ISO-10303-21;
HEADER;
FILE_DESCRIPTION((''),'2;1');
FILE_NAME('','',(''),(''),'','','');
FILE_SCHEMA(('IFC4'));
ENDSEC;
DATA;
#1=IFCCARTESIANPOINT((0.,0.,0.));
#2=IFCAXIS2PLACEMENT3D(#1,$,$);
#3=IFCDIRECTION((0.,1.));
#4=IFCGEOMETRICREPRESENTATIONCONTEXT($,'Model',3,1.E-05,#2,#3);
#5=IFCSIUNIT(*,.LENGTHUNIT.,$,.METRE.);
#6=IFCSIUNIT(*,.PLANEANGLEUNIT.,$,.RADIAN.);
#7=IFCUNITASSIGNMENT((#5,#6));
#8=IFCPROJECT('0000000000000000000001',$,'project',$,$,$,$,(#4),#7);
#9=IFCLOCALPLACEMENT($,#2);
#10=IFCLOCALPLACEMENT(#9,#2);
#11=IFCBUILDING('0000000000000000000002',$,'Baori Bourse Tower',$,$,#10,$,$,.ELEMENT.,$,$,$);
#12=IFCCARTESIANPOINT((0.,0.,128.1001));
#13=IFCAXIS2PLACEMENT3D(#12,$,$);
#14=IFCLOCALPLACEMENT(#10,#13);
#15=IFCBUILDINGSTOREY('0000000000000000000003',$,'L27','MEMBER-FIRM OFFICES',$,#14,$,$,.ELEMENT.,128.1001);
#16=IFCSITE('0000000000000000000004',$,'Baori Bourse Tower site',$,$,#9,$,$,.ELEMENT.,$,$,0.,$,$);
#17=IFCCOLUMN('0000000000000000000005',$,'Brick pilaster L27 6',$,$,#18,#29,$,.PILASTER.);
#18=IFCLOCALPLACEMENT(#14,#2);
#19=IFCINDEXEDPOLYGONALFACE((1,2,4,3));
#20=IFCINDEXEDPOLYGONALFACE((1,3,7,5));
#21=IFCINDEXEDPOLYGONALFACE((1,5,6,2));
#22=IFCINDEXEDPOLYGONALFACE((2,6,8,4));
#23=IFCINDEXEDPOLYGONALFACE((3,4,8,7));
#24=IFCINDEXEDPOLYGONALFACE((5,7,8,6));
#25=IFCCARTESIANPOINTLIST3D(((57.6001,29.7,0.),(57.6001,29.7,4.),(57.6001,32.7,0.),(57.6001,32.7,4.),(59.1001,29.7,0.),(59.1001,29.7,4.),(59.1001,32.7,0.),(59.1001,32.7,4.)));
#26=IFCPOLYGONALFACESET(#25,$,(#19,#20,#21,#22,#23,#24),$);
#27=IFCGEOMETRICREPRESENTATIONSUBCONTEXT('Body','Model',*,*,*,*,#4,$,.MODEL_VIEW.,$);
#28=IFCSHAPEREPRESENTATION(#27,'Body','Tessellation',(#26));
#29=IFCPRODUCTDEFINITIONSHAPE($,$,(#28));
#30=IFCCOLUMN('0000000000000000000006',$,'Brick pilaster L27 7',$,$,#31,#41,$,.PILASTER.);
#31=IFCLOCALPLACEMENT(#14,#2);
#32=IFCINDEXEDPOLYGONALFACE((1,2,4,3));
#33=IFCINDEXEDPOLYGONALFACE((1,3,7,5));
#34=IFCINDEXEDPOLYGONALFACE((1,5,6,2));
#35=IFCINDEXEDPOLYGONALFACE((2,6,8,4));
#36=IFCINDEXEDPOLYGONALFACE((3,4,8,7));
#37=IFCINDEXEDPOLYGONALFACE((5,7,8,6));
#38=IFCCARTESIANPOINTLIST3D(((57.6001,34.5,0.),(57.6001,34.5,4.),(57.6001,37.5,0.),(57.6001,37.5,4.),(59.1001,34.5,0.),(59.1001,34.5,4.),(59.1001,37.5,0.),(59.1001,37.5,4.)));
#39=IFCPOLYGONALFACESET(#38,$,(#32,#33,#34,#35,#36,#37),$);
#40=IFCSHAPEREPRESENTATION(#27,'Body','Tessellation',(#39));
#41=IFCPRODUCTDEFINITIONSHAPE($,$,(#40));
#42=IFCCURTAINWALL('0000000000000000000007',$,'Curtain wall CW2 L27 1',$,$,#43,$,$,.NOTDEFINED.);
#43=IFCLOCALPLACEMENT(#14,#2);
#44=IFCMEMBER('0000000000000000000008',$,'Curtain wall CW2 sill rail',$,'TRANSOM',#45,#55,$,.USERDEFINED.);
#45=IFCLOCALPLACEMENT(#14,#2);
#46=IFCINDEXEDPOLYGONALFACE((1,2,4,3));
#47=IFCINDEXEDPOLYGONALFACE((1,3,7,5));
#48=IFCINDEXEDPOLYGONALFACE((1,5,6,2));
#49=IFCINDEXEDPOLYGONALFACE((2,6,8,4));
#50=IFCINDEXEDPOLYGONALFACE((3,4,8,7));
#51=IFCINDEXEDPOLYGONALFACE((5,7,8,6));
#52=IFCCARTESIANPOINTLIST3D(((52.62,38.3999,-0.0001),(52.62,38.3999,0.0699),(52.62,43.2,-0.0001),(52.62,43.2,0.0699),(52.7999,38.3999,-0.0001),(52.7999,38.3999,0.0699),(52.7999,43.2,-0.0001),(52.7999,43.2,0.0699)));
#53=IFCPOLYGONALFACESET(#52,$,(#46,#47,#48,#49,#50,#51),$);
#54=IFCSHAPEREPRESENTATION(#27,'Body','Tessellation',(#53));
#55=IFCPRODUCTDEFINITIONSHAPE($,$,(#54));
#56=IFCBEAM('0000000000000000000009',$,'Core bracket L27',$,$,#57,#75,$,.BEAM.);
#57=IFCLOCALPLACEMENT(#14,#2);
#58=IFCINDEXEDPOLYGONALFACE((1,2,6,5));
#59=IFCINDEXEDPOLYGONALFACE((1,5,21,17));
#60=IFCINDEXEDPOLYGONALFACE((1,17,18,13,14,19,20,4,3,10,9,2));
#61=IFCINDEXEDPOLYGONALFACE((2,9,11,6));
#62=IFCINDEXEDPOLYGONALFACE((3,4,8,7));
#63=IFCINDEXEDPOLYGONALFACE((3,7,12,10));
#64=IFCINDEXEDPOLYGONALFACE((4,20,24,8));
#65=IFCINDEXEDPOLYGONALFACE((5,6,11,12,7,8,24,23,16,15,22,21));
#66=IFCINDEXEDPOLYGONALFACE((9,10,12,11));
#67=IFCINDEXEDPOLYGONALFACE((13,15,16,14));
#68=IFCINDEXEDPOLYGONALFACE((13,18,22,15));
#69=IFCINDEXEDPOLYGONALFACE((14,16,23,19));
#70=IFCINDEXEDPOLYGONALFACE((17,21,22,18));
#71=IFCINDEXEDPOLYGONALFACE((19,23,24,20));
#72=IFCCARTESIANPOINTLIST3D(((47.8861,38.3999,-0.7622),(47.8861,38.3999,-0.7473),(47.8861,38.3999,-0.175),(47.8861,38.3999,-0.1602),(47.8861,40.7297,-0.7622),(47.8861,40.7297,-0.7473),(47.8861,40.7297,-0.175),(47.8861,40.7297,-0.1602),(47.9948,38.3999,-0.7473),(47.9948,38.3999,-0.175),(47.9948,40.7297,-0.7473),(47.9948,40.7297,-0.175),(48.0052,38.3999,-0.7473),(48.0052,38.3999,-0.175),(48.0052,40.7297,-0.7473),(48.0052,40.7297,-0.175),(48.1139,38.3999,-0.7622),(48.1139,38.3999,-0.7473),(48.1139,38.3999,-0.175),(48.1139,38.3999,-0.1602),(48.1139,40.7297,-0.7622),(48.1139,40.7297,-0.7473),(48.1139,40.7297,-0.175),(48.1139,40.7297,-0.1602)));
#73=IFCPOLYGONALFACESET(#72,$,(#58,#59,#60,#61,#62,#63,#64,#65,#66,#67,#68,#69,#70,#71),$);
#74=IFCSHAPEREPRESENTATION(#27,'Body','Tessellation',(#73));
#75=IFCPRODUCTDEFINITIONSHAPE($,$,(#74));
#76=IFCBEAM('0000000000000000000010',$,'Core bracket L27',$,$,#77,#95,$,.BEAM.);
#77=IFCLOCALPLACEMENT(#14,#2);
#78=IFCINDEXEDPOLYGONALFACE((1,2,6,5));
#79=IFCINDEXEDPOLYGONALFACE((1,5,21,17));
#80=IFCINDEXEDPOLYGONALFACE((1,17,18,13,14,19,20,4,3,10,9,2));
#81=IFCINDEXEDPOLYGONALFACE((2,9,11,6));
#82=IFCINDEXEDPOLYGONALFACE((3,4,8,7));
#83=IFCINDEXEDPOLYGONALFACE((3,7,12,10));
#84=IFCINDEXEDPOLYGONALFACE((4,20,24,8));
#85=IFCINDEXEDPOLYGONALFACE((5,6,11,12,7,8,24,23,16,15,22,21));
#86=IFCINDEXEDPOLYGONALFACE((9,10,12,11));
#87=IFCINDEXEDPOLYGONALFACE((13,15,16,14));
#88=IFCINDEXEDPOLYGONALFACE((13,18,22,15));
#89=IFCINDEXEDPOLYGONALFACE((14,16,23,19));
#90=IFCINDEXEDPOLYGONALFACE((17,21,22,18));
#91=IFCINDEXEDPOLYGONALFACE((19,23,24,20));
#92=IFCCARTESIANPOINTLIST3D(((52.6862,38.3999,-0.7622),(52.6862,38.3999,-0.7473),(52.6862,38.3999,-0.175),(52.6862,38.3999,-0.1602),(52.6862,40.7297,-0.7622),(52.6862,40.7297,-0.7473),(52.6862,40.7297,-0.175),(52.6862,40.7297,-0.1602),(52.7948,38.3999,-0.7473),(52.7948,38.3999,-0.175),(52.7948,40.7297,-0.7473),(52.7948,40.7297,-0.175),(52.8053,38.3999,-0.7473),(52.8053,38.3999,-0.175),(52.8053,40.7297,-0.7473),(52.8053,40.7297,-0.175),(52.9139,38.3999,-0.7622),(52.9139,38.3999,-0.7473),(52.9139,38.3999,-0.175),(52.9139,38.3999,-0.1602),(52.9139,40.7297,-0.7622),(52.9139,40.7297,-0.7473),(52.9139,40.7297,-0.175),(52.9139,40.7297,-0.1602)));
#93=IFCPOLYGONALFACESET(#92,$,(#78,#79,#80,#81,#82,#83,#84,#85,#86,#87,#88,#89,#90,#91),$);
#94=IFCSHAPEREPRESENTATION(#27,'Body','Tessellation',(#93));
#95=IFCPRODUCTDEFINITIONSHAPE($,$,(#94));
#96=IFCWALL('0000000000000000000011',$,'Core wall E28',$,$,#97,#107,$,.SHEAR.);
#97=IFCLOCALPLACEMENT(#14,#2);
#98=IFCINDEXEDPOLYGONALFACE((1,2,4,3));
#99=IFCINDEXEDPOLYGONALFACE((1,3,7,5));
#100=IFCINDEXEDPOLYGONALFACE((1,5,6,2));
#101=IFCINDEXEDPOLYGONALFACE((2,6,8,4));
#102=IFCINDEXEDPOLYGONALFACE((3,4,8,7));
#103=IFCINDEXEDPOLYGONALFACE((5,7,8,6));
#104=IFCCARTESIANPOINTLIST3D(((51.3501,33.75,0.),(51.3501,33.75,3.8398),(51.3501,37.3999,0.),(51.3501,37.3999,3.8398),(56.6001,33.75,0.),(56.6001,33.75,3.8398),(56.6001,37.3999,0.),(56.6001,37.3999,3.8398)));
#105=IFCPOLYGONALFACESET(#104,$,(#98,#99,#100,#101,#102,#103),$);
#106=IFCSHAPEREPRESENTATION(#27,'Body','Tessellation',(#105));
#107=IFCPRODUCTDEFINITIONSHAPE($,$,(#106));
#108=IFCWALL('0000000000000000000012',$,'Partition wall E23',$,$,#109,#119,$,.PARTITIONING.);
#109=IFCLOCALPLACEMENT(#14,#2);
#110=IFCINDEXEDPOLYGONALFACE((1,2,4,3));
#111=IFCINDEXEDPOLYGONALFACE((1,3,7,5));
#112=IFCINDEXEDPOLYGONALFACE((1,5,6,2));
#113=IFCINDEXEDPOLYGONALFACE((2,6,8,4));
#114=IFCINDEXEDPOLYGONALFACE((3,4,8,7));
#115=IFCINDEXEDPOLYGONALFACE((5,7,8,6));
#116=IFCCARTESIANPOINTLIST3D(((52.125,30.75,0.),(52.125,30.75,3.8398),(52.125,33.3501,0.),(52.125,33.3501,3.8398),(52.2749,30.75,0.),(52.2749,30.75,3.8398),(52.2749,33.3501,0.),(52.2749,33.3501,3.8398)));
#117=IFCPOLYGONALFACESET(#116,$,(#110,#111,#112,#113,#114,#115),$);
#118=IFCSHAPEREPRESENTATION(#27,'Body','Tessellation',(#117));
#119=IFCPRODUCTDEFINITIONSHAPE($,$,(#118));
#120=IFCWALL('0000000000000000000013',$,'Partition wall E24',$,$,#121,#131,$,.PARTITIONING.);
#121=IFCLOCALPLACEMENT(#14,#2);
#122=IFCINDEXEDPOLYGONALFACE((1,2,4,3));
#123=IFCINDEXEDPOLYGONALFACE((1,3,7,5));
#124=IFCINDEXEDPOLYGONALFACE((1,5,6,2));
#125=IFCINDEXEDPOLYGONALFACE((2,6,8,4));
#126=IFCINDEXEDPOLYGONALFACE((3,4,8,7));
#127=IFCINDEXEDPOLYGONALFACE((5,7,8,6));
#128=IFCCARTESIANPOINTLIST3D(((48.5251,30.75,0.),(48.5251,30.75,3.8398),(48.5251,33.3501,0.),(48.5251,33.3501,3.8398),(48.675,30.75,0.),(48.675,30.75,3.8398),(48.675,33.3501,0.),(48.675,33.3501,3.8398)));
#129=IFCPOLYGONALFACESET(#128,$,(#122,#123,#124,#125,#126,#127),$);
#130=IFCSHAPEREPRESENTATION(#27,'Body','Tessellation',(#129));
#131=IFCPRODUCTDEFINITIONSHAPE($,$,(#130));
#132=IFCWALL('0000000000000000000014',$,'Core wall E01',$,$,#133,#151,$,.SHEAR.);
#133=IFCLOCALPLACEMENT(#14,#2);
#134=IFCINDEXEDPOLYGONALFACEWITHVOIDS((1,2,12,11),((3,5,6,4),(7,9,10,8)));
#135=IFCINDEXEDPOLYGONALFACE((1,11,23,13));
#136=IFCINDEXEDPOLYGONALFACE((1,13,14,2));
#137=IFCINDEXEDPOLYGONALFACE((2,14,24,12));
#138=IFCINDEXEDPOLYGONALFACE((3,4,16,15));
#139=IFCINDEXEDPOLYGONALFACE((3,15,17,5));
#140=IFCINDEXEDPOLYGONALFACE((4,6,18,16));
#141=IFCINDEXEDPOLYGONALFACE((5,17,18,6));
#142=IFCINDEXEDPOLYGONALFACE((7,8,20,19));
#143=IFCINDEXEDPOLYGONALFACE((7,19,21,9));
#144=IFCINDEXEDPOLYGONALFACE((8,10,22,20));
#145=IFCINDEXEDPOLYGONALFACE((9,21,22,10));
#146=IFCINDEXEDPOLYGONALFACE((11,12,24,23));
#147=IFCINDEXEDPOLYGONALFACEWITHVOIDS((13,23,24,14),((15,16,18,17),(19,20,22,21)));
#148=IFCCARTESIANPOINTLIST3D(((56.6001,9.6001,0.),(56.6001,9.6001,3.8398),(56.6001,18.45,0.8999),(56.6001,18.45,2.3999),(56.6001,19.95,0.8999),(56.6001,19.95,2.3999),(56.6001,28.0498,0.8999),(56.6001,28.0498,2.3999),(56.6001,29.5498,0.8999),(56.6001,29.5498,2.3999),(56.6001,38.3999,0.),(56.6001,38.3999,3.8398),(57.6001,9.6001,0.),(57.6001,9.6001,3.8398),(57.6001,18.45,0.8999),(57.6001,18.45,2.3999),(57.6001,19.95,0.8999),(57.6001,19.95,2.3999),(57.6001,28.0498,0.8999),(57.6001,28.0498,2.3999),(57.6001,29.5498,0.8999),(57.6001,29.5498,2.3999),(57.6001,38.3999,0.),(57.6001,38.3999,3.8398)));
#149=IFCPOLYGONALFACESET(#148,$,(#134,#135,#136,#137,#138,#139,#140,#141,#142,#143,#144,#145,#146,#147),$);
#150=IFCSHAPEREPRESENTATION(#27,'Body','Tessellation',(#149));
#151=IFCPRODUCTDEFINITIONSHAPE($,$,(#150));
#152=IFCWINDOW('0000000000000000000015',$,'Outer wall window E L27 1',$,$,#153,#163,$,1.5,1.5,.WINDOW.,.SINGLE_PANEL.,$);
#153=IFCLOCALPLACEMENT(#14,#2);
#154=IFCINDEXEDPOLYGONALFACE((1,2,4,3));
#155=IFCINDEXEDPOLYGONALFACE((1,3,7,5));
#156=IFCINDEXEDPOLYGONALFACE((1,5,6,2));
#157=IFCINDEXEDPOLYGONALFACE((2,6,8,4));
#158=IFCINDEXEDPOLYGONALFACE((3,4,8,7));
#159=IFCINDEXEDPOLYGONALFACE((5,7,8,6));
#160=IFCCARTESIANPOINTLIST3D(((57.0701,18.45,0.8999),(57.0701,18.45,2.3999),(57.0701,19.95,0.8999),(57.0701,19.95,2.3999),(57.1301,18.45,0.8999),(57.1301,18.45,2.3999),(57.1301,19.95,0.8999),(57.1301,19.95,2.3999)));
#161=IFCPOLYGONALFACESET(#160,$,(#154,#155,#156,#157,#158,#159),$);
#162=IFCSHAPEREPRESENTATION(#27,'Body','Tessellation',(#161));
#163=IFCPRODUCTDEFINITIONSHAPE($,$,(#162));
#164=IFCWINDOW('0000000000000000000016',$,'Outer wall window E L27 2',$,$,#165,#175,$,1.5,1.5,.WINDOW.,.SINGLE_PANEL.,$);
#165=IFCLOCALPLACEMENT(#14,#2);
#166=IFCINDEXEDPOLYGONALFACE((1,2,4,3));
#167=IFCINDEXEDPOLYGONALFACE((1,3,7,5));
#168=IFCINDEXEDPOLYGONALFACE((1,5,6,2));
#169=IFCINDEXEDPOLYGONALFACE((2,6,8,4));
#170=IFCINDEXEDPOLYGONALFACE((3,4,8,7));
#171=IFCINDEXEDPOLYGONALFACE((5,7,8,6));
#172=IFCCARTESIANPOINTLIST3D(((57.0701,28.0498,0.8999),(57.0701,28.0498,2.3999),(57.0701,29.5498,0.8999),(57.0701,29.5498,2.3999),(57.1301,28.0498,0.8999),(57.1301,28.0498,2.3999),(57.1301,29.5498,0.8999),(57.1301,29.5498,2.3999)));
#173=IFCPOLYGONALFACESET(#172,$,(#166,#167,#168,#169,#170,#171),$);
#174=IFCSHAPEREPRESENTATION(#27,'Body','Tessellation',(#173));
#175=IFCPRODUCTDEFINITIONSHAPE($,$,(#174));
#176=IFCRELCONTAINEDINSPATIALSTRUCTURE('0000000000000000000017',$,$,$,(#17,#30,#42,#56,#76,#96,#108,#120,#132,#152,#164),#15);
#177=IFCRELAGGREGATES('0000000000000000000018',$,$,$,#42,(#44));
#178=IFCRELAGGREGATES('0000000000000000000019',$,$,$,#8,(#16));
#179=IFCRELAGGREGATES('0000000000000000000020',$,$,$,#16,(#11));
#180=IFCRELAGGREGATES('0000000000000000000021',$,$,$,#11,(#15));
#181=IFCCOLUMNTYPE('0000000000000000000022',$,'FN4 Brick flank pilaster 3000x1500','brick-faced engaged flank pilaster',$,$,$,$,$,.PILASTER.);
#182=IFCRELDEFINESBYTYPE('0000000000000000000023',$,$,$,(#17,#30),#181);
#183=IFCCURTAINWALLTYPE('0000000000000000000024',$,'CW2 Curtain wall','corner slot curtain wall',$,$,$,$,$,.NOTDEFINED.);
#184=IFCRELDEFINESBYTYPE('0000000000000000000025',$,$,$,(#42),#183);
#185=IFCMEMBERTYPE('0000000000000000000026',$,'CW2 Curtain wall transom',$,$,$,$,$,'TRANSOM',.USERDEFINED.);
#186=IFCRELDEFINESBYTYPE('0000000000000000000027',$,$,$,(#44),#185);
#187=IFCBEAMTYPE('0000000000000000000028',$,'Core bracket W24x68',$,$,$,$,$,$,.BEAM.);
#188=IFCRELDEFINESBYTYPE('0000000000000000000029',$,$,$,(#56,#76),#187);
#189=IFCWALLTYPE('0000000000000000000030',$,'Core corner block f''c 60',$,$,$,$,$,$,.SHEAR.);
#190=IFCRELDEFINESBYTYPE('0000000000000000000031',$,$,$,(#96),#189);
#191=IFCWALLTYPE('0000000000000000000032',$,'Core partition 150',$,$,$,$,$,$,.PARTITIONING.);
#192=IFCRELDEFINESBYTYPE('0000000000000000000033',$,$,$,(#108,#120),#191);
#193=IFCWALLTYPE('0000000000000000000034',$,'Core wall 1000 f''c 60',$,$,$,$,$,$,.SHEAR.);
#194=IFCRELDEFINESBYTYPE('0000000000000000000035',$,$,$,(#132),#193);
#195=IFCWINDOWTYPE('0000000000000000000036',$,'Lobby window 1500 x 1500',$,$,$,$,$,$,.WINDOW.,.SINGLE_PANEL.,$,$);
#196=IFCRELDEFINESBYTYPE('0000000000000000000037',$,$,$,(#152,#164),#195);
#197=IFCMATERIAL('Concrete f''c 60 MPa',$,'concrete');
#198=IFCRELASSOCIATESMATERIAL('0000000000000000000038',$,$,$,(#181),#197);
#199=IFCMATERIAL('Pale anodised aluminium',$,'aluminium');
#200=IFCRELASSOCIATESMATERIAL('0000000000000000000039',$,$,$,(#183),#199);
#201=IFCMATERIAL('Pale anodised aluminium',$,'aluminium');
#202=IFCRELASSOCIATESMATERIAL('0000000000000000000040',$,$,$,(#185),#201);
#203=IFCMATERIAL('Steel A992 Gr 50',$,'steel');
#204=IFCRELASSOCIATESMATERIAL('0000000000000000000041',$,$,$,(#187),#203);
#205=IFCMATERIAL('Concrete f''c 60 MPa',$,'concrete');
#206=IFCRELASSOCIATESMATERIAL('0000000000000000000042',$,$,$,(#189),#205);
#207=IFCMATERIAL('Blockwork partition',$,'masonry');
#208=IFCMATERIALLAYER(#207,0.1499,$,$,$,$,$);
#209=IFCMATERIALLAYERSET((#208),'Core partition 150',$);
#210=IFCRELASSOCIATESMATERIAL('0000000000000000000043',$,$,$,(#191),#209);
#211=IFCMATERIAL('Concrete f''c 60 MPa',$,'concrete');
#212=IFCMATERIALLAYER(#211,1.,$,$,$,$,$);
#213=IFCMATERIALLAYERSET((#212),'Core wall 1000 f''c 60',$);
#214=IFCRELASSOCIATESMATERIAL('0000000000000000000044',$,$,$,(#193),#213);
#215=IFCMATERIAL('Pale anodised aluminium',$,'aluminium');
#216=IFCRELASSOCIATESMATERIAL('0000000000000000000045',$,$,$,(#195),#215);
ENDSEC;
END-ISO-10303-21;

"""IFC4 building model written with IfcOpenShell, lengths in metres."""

from ifc_helpers import new_model, si_unit, direction, frame, frame_2d, origin, origin_2d, place, context, subcontext, project, spatial, rectangle, i_section, extrude, material, layer, layer_set, material_profile, profile_set, type_object, element, fill, aggregate, save


model = new_model("IFC4")

# Units and contexts
model_context = context("Model", 3, precision=1e-05, world=origin(), true_north=direction((0.0, 1.0)))
body_context = subcontext(model_context, "Body", "Model", "MODEL_VIEW")
ifc_project = project(units=[si_unit("LENGTHUNIT", "METRE"), si_unit("PLANEANGLEUNIT", "RADIAN")], contexts=[model_context])

# Site, building, storey
site_placement = place(None, origin())
site = spatial("IfcSite", under=ifc_project, at=site_placement, Name="Baori Bourse Tower site", CompositionType="ELEMENT", RefElevation=0.0)
building_placement = place(site_placement, origin())
building = spatial("IfcBuilding", under=site, at=building_placement, Name="Baori Bourse Tower", CompositionType="ELEMENT")
storey_placement = place(building_placement, frame((0.0, 0.0, 128.1001)))
storey = spatial("IfcBuildingStorey", under=building, at=storey_placement, Name="L27", Description="MEMBER-FIRM OFFICES", CompositionType="ELEMENT", Elevation=128.1001)

# Columns
ifc_material_1 = material(Name="Concrete f'c 60 MPa", Category="concrete")
ifc_material_profile_1 = material_profile(ifc_material_1, rectangle(XDim=3.0, YDim=1.5, at=origin_2d()), Name="RC 3000x1500")
ifc_profile_set_1 = profile_set([ifc_material_profile_1], Name="Concrete f'c 60 MPa")
column_type = type_object("IfcColumnType", Name="FN4 Brick flank pilaster 3000x1500", Description="brick-faced engaged flank pilaster", PredefinedType="PILASTER", material=ifc_profile_set_1)
for number, where, z_axis, x_axis, name in (
    (1, (58.3501, 31.2, 0.0), (0.0, 0.0, 1.0), (0.0, 1.0, 0.0), "Brick pilaster L27 6"),
    (2, (58.3501, 36.0, 0.0), (0.0, 0.0, 1.0), (0.0, 1.0, 0.0), "Brick pilaster L27 7"),
):
    element("IfcColumn", number, at=place(storey_placement, frame(where, z_axis=z_axis, x_axis=x_axis)), inside=storey, type_object=column_type, Name=name, PredefinedType="PILASTER", context=body_context, shape_type="SweptSolid", body=[
        extrude(rectangle(XDim=3.0, YDim=1.5, at=origin_2d()), origin(), (0.0, 0.0, 1.0), 4.0),
    ])

# Curtain wall, member
ifc_material_2 = material(Name="Pale anodised aluminium", Category="aluminium")
curtain_wall_type = type_object("IfcCurtainWallType", Name="CW2 Curtain wall", Description="corner slot curtain wall", PredefinedType="NOTDEFINED", material=ifc_material_2)
curtain_wall_placement = place(storey_placement, origin())
curtain_wall = element("IfcCurtainWall", 3, at=curtain_wall_placement, inside=storey, type_object=curtain_wall_type, Name="Curtain wall CW2 L27 1", PredefinedType="NOTDEFINED")
ifc_material_3 = material(Name="Pale anodised aluminium", Category="aluminium")
ifc_material_profile_2 = material_profile(ifc_material_3, rectangle(XDim=0.1799, YDim=0.0701, at=origin_2d()), Name="Transom 70x180")
ifc_profile_set_2 = profile_set([ifc_material_profile_2], Name="Pale anodised aluminium")
member_type = type_object("IfcMemberType", Name="CW2 Curtain wall transom", ElementType="TRANSOM", PredefinedType="USERDEFINED", material=ifc_profile_set_2)
member_placement = place(storey_placement, frame((52.71, 38.3999, 0.0349), z_axis=(0.0, 1.0, 0.0), x_axis=(-1.0, 0.0, 0.0)))
member = element("IfcMember", 4, at=member_placement, type_object=member_type, Name="Curtain wall CW2 sill rail", ObjectType="TRANSOM", PredefinedType="USERDEFINED", context=body_context, shape_type="SweptSolid", body=[
    extrude(rectangle(XDim=0.1799, YDim=0.0701, at=origin_2d()), origin(), (0.0, 0.0, 1.0), 4.8),
])
aggregate(curtain_wall, [member])

# Beams
ifc_material_4 = material(Name="Steel A992 Gr 50", Category="steel")
ifc_material_profile_3 = material_profile(ifc_material_4, i_section(OverallWidth=0.2278, OverallDepth=0.6021, WebThickness=0.0105, FlangeThickness=0.0149, at=origin_2d()), Name="W24x68")
ifc_profile_set_3 = profile_set([ifc_material_profile_3], Name="Steel A992 Gr 50")
beam_type = type_object("IfcBeamType", Name="Core bracket W24x68", PredefinedType="BEAM", material=ifc_profile_set_3)
for number, where, z_axis, x_axis, name in (
    (5, (48.0, 38.3999, -0.4612), (0.0, 1.0, 0.0), (-1.0, 0.0, 0.0), "Core bracket L27"),
    (6, (52.8, 38.3999, -0.4612), (0.0, 1.0, 0.0), (-1.0, 0.0, 0.0), "Core bracket L27"),
):
    element("IfcBeam", number, at=place(storey_placement, frame(where, z_axis=z_axis, x_axis=x_axis)), inside=storey, type_object=beam_type, Name=name, PredefinedType="BEAM", context=body_context, shape_type="SweptSolid", body=[
        extrude(i_section(OverallWidth=0.2278, OverallDepth=0.6021, WebThickness=0.0105, FlangeThickness=0.0149, at=origin_2d()), origin(), (0.0, 0.0, 1.0), 2.3298),
    ])

# Walls
ifc_material_5 = material(Name="Concrete f'c 60 MPa", Category="concrete")
wall_type_1 = type_object("IfcWallType", Name="Core corner block f'c 60", PredefinedType="SHEAR", material=ifc_material_5)
wall_1_placement = place(storey_placement, frame((51.3501, 35.575, 0.0), z_axis=(0.0, 0.0, 1.0), x_axis=(1.0, 0.0, 0.0)))
element("IfcWall", 7, at=wall_1_placement, inside=storey, type_object=wall_type_1, Name="Core wall E28", PredefinedType="SHEAR", context=body_context, shape_type="SweptSolid", body=[
    extrude(rectangle(XDim=5.25, YDim=3.6499, at=frame_2d((2.625, 0.0))), origin(), (0.0, 0.0, 1.0), 3.8398),
])
ifc_material_6 = material(Name="Blockwork partition", Category="masonry")
ifc_layer_1 = layer(ifc_material_6, 0.1499)
ifc_layer_set_1 = layer_set([ifc_layer_1], Name="Core partition 150")
wall_type_2 = type_object("IfcWallType", Name="Core partition 150", PredefinedType="PARTITIONING", material=ifc_layer_set_1)
for number, where, z_axis, x_axis, name in (
    (8, (52.2, 30.75, 0.0), (0.0, 0.0, 1.0), (0.0, 1.0, 0.0), "Partition wall E23"),
    (9, (48.6001, 30.75, 0.0), (0.0, 0.0, 1.0), (0.0, 1.0, 0.0), "Partition wall E24"),
):
    element("IfcWall", number, at=place(storey_placement, frame(where, z_axis=z_axis, x_axis=x_axis)), inside=storey, type_object=wall_type_2, Name=name, PredefinedType="PARTITIONING", context=body_context, shape_type="SweptSolid", body=[
        extrude(rectangle(XDim=2.6001, YDim=0.1499, at=frame_2d((1.3, 0.0))), origin(), (0.0, 0.0, 1.0), 3.8398),
    ])

# Wall, openings, windows
ifc_material_7 = material(Name="Concrete f'c 60 MPa", Category="concrete")
ifc_layer_2 = layer(ifc_material_7, 1.0)
ifc_layer_set_2 = layer_set([ifc_layer_2], Name="Core wall 1000 f'c 60")
wall_type_3 = type_object("IfcWallType", Name="Core wall 1000 f'c 60", PredefinedType="SHEAR", material=ifc_layer_set_2)
wall_2_placement = place(storey_placement, frame((57.1001, 38.3999, 0.0), z_axis=(0.0, 0.0, 1.0), x_axis=(0.0, -1.0, 0.0)))
wall_2 = element("IfcWall", 10, at=wall_2_placement, inside=storey, type_object=wall_type_3, Name="Core wall E01", PredefinedType="SHEAR", context=body_context, shape_type="SweptSolid", body=[
    extrude(rectangle(XDim=28.7998, YDim=1.0, at=frame_2d((14.3999, 0.0))), origin(), (0.0, 0.0, 1.0), 3.8398),
])
opening_1_placement = place(wall_2_placement, frame((18.45, 0.0, 0.8999)))
opening_1 = element("IfcOpeningElement", 11, at=opening_1_placement, cuts=wall_2, PredefinedType="OPENING", context=body_context, shape_type="SweptSolid", body=[
    extrude(rectangle(XDim=1.5, YDim=1.5, at=frame_2d((0.75, 0.75))), frame((0.0, 0.51, 0.0), z_axis=(0.0, -1.0, 0.0), x_axis=(1.0, 0.0, 0.0)), (0.0, 0.0, 1.0), 1.02),
])
opening_2_placement = place(wall_2_placement, frame((8.8501, 0.0, 0.8999)))
opening_2 = element("IfcOpeningElement", 12, at=opening_2_placement, cuts=wall_2, PredefinedType="OPENING", context=body_context, shape_type="SweptSolid", body=[
    extrude(rectangle(XDim=1.5, YDim=1.5, at=frame_2d((0.75, 0.75))), frame((0.0, 0.51, 0.0), z_axis=(0.0, -1.0, 0.0), x_axis=(1.0, 0.0, 0.0)), (0.0, 0.0, 1.0), 1.02),
])
ifc_material_8 = material(Name="Pale anodised aluminium", Category="aluminium")
window_type = type_object("IfcWindowType", Name="Lobby window 1500 x 1500", PartitioningType="SINGLE_PANEL", PredefinedType="WINDOW", material=ifc_material_8)
window_1_placement = place(opening_1_placement, origin())
window_1 = element("IfcWindow", 13, at=window_1_placement, inside=storey, type_object=window_type, Name="Outer wall window E L27 1", OverallHeight=1.5, OverallWidth=1.5, PartitioningType="SINGLE_PANEL", PredefinedType="WINDOW", context=body_context, shape_type="SweptSolid", body=[
    extrude(rectangle(XDim=1.5, YDim=1.5, at=frame_2d((0.75, 0.75))), frame((0.0, 0.03, 0.0), z_axis=(0.0, -1.0, 0.0), x_axis=(1.0, 0.0, 0.0)), (0.0, 0.0, 1.0), 0.0601),
])
fill(opening_1, window_1)
window_2_placement = place(opening_2_placement, origin())
window_2 = element("IfcWindow", 14, at=window_2_placement, inside=storey, type_object=window_type, Name="Outer wall window E L27 2", OverallHeight=1.5, OverallWidth=1.5, PartitioningType="SINGLE_PANEL", PredefinedType="WINDOW", context=body_context, shape_type="SweptSolid", body=[
    extrude(rectangle(XDim=1.5, YDim=1.5, at=frame_2d((0.75, 0.75))), frame((0.0, 0.03, 0.0), z_axis=(0.0, -1.0, 0.0), x_axis=(1.0, 0.0, 0.0)), (0.0, 0.0, 1.0), 0.0601),
])
fill(opening_2, window_2)

save(model, "model.ifc")
